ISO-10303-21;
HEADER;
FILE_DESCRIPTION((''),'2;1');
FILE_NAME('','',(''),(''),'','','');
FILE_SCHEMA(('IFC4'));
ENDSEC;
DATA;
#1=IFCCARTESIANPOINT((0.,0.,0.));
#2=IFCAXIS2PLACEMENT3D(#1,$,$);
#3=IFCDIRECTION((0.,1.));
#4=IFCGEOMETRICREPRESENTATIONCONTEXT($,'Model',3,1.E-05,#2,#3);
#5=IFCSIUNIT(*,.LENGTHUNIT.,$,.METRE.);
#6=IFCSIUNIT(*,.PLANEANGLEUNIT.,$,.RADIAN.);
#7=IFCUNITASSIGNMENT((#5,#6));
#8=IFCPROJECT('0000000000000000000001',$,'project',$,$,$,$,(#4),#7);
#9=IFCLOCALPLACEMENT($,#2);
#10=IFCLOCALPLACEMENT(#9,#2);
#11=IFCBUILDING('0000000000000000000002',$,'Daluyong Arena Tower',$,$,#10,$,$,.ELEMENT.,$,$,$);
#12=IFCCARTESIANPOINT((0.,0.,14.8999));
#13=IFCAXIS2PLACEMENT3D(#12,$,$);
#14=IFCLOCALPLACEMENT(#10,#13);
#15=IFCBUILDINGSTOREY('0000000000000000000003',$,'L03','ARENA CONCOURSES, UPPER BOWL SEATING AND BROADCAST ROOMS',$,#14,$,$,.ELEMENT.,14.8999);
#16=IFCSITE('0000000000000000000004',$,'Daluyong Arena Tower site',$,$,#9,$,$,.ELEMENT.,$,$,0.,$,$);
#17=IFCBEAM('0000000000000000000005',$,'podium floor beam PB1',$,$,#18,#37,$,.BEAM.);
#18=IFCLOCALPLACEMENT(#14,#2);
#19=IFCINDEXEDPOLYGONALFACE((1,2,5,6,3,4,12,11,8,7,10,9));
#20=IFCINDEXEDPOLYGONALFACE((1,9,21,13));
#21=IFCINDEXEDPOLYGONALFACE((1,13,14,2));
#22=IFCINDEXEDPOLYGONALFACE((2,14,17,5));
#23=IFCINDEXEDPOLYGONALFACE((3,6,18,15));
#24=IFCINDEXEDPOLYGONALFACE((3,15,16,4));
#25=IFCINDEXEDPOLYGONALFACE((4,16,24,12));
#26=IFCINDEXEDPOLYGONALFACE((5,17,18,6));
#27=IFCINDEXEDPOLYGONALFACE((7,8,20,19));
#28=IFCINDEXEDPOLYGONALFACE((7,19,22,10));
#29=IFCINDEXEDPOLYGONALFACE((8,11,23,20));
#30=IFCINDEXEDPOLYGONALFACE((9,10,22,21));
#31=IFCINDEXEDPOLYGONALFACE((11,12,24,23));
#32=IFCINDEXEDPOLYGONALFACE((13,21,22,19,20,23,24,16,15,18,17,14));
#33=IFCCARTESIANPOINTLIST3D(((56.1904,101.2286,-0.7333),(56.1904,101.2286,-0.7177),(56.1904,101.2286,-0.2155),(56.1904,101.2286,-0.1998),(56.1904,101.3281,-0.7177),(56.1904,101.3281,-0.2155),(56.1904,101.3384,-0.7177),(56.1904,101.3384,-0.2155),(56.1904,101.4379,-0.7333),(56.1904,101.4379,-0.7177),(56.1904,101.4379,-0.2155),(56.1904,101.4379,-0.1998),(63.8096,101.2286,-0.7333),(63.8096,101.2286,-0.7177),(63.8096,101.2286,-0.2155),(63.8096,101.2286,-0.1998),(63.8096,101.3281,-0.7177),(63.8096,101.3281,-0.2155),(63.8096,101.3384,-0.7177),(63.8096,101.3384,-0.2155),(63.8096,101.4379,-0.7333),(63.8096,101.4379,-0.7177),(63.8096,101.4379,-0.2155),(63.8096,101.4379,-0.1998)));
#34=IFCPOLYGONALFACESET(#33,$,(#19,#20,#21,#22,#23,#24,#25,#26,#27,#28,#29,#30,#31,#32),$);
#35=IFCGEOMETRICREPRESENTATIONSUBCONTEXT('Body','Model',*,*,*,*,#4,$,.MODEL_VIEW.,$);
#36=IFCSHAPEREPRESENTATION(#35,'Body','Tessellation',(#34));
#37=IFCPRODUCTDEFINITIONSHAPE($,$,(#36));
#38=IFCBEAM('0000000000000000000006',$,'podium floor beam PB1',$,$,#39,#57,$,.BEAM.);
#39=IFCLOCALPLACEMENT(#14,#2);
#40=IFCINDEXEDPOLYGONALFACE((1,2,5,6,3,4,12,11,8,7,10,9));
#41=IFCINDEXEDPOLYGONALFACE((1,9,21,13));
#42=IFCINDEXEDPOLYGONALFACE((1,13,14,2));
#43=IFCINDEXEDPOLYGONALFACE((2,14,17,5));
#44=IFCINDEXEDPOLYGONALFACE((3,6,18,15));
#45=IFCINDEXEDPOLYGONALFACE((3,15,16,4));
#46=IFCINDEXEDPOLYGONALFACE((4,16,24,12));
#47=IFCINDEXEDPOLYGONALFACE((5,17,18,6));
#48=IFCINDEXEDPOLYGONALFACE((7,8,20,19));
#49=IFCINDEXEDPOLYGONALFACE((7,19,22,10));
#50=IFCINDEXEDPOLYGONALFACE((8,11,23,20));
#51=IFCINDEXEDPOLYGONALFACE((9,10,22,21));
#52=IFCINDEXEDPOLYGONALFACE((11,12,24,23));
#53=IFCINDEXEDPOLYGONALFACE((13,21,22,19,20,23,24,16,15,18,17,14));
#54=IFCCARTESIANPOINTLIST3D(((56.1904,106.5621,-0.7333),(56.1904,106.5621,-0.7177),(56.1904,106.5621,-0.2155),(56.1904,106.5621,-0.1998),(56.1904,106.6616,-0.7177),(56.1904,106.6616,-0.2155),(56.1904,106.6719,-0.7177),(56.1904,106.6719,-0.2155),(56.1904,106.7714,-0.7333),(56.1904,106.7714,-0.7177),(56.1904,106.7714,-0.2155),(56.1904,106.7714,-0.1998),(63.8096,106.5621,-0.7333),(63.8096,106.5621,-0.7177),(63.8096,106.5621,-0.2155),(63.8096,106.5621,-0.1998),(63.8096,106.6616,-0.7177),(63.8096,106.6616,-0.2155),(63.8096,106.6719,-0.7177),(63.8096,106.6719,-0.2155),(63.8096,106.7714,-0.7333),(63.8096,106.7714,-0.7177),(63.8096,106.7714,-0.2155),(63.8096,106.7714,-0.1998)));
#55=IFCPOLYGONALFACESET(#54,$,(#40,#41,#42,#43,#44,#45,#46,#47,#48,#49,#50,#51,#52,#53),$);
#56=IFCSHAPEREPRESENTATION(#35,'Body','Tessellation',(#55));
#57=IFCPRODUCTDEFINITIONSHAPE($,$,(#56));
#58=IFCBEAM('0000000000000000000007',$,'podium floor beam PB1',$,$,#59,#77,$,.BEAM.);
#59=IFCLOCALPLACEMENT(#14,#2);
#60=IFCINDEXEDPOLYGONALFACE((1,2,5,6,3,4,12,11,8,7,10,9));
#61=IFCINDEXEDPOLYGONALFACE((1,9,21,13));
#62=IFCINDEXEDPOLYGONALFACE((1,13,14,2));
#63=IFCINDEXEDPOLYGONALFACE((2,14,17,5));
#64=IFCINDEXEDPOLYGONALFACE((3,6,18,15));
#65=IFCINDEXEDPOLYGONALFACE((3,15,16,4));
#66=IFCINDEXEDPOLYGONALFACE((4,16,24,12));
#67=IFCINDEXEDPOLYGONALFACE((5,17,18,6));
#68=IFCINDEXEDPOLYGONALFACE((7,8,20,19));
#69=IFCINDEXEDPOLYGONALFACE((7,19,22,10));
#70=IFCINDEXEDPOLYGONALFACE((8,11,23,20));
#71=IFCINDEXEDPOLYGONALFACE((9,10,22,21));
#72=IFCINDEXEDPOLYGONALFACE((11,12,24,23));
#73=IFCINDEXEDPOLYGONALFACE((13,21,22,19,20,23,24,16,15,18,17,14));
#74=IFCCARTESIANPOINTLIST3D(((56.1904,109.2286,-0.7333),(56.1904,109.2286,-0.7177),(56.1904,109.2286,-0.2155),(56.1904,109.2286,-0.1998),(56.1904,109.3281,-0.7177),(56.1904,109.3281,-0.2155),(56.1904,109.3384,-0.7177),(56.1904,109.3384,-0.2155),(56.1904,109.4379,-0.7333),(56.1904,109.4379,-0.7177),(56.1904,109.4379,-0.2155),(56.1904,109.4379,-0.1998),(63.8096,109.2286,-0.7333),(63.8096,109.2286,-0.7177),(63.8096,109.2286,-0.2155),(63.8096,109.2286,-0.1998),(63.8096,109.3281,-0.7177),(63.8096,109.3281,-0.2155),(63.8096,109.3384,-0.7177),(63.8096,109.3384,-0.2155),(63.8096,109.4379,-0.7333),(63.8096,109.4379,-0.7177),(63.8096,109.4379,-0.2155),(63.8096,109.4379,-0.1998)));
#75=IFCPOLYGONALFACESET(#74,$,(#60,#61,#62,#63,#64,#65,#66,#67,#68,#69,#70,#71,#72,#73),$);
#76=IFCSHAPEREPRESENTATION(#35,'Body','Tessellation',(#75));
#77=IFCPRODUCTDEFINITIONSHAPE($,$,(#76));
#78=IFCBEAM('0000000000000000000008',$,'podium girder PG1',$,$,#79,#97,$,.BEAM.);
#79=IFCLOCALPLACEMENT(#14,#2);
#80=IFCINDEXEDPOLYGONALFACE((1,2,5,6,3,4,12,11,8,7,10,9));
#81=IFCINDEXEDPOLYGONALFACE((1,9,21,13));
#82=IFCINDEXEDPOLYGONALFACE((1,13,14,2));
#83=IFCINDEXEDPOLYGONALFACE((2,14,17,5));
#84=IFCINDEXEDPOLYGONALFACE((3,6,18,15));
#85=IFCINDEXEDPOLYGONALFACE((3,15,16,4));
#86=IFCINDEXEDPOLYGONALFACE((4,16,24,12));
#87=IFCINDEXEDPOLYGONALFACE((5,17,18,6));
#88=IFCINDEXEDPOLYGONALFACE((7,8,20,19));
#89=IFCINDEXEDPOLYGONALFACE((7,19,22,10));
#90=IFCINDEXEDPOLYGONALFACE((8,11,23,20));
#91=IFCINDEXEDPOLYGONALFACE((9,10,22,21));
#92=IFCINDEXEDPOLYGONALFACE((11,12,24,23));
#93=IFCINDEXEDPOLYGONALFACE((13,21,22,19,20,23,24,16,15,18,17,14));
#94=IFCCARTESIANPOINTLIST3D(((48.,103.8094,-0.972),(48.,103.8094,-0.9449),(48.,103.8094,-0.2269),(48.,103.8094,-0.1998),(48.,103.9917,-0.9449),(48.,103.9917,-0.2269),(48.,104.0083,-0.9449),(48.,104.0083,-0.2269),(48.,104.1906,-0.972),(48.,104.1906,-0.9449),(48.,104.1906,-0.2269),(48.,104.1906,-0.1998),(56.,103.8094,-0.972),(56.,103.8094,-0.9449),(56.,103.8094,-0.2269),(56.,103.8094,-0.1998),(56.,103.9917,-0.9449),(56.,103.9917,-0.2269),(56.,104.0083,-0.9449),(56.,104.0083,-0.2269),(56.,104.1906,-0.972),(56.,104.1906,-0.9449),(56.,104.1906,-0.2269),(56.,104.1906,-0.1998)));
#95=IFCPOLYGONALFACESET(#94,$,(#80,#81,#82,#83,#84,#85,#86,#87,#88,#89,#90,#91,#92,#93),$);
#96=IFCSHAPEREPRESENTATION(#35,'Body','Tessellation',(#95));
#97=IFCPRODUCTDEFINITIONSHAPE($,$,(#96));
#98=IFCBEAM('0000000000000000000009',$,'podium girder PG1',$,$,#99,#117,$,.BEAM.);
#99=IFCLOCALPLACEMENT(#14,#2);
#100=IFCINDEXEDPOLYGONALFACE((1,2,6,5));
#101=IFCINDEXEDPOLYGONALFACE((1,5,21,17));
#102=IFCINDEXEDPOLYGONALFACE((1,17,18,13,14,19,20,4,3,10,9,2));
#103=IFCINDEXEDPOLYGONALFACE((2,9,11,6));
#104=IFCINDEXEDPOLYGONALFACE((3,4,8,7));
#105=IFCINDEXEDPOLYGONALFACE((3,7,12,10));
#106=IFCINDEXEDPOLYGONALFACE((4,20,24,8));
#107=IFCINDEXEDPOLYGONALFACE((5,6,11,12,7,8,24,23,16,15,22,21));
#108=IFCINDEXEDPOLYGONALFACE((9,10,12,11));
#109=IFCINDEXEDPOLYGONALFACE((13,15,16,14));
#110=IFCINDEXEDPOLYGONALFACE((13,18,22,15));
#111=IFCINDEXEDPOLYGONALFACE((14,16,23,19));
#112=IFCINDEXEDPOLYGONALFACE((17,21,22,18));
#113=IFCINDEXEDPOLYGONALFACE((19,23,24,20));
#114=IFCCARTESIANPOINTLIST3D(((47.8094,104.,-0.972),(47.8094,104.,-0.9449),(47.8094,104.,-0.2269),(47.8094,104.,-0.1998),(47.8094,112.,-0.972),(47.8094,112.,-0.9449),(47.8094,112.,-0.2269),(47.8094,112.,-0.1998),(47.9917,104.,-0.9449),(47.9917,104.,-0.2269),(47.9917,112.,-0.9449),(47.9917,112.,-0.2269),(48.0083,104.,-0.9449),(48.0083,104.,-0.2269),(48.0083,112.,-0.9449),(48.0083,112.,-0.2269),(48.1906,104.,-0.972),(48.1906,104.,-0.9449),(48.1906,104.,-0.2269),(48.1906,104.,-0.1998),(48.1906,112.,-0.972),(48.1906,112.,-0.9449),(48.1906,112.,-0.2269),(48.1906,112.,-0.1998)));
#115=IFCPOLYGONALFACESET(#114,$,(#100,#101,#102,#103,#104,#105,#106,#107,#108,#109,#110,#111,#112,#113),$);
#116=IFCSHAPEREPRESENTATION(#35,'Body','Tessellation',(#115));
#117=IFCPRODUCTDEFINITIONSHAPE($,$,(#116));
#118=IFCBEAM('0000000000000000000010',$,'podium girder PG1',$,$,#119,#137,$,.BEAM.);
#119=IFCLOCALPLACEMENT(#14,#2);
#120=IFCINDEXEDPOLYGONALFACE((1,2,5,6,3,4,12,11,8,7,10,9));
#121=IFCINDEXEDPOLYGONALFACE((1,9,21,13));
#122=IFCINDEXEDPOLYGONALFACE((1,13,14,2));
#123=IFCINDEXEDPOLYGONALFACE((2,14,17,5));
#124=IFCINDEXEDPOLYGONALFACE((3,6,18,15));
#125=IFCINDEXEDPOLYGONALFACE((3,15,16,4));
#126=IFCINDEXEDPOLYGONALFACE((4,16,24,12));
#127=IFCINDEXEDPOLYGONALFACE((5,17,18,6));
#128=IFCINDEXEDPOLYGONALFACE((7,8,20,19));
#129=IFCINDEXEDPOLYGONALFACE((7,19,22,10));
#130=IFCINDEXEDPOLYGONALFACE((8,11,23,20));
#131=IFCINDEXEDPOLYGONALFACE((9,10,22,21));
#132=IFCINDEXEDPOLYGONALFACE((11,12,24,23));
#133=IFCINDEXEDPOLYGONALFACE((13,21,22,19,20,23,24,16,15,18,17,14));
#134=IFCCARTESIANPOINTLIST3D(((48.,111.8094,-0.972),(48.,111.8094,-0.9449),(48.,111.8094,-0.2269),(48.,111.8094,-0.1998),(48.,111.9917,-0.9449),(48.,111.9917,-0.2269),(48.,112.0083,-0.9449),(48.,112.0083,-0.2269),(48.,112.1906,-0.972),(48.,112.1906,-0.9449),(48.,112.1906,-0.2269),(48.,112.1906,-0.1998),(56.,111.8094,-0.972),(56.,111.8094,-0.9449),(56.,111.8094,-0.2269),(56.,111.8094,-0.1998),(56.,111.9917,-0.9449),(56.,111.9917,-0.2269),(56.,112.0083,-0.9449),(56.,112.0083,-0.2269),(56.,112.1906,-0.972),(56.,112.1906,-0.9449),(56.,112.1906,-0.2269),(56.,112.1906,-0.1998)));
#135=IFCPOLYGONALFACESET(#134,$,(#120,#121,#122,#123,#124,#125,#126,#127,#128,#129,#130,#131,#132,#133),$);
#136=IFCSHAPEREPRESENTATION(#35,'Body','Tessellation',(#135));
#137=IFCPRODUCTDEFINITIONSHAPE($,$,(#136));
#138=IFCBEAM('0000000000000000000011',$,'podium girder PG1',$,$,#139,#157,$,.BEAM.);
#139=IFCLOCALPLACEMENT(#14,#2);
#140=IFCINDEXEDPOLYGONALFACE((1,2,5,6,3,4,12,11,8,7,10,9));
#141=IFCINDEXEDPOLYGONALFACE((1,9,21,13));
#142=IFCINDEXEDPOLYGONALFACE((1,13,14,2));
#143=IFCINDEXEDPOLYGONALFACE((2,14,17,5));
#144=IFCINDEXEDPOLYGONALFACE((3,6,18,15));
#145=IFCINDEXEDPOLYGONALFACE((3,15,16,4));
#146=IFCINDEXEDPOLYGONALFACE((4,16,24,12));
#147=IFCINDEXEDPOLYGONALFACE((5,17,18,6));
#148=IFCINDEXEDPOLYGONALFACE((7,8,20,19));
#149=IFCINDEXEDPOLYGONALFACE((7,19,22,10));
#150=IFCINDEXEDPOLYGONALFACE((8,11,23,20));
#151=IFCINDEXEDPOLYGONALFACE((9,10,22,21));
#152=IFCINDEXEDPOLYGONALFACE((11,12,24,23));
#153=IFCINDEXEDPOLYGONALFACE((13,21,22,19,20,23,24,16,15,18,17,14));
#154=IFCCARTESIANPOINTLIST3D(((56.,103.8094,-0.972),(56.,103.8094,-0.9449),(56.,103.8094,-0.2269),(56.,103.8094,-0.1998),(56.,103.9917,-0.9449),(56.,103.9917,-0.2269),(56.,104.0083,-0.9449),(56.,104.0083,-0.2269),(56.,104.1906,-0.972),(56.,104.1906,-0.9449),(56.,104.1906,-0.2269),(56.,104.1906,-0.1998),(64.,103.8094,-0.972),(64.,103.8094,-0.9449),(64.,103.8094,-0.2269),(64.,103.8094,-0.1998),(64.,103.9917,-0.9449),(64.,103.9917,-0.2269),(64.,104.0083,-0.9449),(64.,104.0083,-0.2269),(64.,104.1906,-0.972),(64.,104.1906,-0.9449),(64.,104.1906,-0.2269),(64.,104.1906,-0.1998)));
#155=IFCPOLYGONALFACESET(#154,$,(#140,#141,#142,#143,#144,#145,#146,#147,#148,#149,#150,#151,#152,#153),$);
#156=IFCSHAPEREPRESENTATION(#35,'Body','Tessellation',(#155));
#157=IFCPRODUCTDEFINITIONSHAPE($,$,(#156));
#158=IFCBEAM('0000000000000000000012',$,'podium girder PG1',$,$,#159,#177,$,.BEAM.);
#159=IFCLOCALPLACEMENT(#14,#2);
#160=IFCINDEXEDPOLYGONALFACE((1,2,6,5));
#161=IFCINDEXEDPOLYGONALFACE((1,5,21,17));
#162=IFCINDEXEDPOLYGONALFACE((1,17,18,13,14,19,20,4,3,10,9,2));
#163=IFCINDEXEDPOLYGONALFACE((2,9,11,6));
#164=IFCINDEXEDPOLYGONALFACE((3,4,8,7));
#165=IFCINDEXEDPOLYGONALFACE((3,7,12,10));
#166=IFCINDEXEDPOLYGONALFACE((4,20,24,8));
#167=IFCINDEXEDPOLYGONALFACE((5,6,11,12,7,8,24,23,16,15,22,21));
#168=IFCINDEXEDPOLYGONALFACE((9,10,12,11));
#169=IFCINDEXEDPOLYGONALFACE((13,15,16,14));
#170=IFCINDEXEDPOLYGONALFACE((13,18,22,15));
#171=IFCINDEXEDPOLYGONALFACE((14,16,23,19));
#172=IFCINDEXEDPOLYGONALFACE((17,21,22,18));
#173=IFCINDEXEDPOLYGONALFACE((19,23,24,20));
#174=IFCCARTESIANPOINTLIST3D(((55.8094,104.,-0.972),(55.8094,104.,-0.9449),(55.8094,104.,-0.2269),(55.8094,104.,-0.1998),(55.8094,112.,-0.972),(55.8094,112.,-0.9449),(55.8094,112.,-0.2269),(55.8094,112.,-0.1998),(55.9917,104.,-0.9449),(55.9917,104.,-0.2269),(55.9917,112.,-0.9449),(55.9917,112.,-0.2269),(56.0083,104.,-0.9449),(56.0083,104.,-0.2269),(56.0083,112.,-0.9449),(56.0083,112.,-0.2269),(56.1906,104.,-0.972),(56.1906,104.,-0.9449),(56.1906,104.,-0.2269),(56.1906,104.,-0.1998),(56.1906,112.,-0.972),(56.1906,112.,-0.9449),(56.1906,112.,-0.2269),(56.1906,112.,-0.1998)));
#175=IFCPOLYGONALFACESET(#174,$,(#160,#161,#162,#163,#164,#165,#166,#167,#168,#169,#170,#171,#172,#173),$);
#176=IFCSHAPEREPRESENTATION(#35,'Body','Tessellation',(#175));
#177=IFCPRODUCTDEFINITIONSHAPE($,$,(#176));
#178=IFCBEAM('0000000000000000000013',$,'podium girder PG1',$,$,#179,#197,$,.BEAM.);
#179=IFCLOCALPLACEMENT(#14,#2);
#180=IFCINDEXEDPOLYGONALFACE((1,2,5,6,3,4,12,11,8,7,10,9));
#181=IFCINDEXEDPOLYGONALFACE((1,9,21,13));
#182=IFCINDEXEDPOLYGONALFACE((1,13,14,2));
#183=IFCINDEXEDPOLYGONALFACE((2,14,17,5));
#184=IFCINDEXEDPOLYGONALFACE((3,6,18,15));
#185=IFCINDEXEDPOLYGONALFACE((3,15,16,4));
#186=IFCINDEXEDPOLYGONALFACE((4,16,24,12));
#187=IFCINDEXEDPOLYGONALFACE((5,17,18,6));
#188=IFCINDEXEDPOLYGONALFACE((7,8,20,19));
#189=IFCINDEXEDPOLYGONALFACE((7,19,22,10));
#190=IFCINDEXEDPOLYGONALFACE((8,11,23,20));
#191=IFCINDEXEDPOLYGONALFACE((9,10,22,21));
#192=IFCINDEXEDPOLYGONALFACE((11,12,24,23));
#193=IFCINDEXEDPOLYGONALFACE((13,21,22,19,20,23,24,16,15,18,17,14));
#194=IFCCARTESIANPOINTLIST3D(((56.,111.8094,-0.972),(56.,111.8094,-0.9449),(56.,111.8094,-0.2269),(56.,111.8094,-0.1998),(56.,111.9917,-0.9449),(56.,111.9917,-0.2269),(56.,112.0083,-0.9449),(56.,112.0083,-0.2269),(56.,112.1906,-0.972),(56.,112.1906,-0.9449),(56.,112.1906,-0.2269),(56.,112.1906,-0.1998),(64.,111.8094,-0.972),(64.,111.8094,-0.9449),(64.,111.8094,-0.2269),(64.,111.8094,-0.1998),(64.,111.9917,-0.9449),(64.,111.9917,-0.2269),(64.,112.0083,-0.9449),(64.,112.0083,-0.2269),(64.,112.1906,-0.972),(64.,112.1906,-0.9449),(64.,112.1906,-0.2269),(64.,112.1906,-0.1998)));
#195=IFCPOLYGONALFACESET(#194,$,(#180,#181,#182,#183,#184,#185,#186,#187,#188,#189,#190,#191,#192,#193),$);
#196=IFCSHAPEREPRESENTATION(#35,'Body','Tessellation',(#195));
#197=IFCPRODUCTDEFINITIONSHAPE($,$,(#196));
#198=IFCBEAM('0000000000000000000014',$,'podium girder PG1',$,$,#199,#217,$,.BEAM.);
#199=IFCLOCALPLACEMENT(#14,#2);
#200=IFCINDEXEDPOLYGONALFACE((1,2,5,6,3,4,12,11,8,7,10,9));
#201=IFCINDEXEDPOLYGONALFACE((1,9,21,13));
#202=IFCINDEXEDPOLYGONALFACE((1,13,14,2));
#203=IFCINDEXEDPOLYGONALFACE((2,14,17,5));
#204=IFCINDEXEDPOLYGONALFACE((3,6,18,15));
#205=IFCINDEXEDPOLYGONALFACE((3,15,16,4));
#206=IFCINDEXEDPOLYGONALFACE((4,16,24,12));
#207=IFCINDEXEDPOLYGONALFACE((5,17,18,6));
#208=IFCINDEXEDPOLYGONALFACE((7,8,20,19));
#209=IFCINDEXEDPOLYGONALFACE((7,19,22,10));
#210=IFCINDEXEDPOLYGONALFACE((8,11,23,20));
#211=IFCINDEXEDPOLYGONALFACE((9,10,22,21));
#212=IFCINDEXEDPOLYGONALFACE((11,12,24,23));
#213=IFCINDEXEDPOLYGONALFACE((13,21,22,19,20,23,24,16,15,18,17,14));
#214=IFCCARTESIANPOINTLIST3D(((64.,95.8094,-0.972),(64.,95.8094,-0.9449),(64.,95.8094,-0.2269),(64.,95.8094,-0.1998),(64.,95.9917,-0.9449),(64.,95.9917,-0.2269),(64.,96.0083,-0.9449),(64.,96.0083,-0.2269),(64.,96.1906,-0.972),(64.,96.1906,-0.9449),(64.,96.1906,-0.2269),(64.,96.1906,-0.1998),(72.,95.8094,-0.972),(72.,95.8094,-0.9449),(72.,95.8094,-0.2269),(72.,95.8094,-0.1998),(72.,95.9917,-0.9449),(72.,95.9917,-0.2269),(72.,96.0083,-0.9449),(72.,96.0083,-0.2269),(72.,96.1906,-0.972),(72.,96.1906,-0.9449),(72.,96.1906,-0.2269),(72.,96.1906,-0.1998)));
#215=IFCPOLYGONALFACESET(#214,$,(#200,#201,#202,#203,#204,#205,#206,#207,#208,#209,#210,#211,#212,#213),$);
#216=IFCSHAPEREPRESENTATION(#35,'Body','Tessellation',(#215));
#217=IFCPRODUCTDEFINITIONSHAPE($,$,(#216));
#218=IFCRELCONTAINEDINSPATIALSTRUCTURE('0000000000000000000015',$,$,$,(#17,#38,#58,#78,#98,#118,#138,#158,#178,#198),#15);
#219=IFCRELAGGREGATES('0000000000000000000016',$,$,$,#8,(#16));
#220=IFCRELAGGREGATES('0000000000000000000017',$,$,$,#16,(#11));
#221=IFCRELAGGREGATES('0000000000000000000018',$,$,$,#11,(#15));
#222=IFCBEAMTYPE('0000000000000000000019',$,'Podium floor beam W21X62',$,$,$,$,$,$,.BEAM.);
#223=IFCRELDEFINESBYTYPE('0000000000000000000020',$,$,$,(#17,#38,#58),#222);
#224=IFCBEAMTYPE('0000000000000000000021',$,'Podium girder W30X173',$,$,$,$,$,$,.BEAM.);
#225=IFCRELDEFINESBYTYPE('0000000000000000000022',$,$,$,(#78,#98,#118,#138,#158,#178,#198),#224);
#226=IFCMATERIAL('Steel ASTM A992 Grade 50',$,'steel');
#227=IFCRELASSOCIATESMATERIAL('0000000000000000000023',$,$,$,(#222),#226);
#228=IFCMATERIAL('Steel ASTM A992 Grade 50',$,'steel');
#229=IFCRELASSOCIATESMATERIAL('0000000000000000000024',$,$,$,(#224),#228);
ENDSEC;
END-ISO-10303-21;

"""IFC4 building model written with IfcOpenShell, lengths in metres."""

from ifc_helpers import new_model, si_unit, direction, frame, origin, origin_2d, place, context, subcontext, project, spatial, i_section, extrude, material, material_profile, profile_set, type_object, element, save


model = new_model("IFC4")

# Units and contexts
model_context = context("Model", 3, precision=1e-05, world=origin(), true_north=direction((0.0, 1.0)))
body_context = subcontext(model_context, "Body", "Model", "MODEL_VIEW")
ifc_project = project(units=[si_unit("LENGTHUNIT", "METRE"), si_unit("PLANEANGLEUNIT", "RADIAN")], contexts=[model_context])

# Site, building, storey
site_placement = place(None, origin())
site = spatial("IfcSite", under=ifc_project, at=site_placement, Name="Daluyong Arena Tower site", CompositionType="ELEMENT", RefElevation=0.0)
building_placement = place(site_placement, origin())
building = spatial("IfcBuilding", under=site, at=building_placement, Name="Daluyong Arena Tower", CompositionType="ELEMENT")
storey_placement = place(building_placement, frame((0.0, 0.0, 14.8999)))
storey = spatial("IfcBuildingStorey", under=building, at=storey_placement, Name="L03", Description="ARENA CONCOURSES, UPPER BOWL SEATING AND BROADCAST ROOMS", CompositionType="ELEMENT", Elevation=14.8999)

# Beams
ifc_material_1 = material(Name="Steel ASTM A992 Grade 50", Category="steel")
ifc_material_profile_1 = material_profile(ifc_material_1, i_section(OverallWidth=0.2092, OverallDepth=0.5334, WebThickness=0.0103, FlangeThickness=0.0156, at=origin_2d()))
ifc_profile_set_1 = profile_set([ifc_material_profile_1], Name="Steel ASTM A992 Grade 50")
beam_type_1 = type_object("IfcBeamType", Name="Podium floor beam W21X62", PredefinedType="BEAM", material=ifc_profile_set_1)
for number, where, z_axis, x_axis, name in (
    (1, (56.1904, 101.3333, -0.4666), (1.0, 0.0, 0.0), (0.0, 1.0, 0.0), "podium floor beam PB1"),
    (2, (56.1904, 106.6667, -0.4666), (1.0, 0.0, 0.0), (0.0, 1.0, 0.0), "podium floor beam PB1"),
    (3, (56.1904, 109.3333, -0.4666), (1.0, 0.0, 0.0), (0.0, 1.0, 0.0), "podium floor beam PB1"),
):
    element("IfcBeam", number, at=place(storey_placement, frame(where, z_axis=z_axis, x_axis=x_axis)), inside=storey, type_object=beam_type_1, Name=name, PredefinedType="BEAM", context=body_context, shape_type="SweptSolid", body=[
        extrude(i_section(OverallWidth=0.2092, OverallDepth=0.5334, WebThickness=0.0103, FlangeThickness=0.0156, at=origin_2d()), origin(), (0.0, 0.0, 1.0), 7.6191),
    ])
ifc_material_2 = material(Name="Steel ASTM A992 Grade 50", Category="steel")
ifc_material_profile_2 = material_profile(ifc_material_2, i_section(OverallWidth=0.3811, OverallDepth=0.7722, WebThickness=0.0166, FlangeThickness=0.0271, at=origin_2d()))
ifc_profile_set_2 = profile_set([ifc_material_profile_2], Name="Steel ASTM A992 Grade 50")
beam_type_2 = type_object("IfcBeamType", Name="Podium girder W30X173", PredefinedType="BEAM", material=ifc_profile_set_2)
for number, where, z_axis, x_axis, name in (
    (4, (48.0, 104.0, -0.5859), (1.0, 0.0, 0.0), (0.0, 1.0, 0.0), "podium girder PG1"),
    (5, (48.0, 104.0, -0.5859), (0.0, 1.0, 0.0), (-1.0, 0.0, 0.0), "podium girder PG1"),
    (6, (48.0, 112.0, -0.5859), (1.0, 0.0, 0.0), (0.0, 1.0, 0.0), "podium girder PG1"),
    (7, (56.0, 104.0, -0.5859), (1.0, 0.0, 0.0), (0.0, 1.0, 0.0), "podium girder PG1"),
    (8, (56.0, 104.0, -0.5859), (0.0, 1.0, 0.0), (-1.0, 0.0, 0.0), "podium girder PG1"),
    (9, (56.0, 112.0, -0.5859), (1.0, 0.0, 0.0), (0.0, 1.0, 0.0), "podium girder PG1"),
    (10, (64.0, 96.0, -0.5859), (1.0, 0.0, 0.0), (0.0, 1.0, 0.0), "podium girder PG1"),
):
    element("IfcBeam", number, at=place(storey_placement, frame(where, z_axis=z_axis, x_axis=x_axis)), inside=storey, type_object=beam_type_2, Name=name, PredefinedType="BEAM", context=body_context, shape_type="SweptSolid", body=[
        extrude(i_section(OverallWidth=0.3811, OverallDepth=0.7722, WebThickness=0.0166, FlangeThickness=0.0271, at=origin_2d()), origin(), (0.0, 0.0, 1.0), 8.0),
    ])

save(model, "model.ifc")
